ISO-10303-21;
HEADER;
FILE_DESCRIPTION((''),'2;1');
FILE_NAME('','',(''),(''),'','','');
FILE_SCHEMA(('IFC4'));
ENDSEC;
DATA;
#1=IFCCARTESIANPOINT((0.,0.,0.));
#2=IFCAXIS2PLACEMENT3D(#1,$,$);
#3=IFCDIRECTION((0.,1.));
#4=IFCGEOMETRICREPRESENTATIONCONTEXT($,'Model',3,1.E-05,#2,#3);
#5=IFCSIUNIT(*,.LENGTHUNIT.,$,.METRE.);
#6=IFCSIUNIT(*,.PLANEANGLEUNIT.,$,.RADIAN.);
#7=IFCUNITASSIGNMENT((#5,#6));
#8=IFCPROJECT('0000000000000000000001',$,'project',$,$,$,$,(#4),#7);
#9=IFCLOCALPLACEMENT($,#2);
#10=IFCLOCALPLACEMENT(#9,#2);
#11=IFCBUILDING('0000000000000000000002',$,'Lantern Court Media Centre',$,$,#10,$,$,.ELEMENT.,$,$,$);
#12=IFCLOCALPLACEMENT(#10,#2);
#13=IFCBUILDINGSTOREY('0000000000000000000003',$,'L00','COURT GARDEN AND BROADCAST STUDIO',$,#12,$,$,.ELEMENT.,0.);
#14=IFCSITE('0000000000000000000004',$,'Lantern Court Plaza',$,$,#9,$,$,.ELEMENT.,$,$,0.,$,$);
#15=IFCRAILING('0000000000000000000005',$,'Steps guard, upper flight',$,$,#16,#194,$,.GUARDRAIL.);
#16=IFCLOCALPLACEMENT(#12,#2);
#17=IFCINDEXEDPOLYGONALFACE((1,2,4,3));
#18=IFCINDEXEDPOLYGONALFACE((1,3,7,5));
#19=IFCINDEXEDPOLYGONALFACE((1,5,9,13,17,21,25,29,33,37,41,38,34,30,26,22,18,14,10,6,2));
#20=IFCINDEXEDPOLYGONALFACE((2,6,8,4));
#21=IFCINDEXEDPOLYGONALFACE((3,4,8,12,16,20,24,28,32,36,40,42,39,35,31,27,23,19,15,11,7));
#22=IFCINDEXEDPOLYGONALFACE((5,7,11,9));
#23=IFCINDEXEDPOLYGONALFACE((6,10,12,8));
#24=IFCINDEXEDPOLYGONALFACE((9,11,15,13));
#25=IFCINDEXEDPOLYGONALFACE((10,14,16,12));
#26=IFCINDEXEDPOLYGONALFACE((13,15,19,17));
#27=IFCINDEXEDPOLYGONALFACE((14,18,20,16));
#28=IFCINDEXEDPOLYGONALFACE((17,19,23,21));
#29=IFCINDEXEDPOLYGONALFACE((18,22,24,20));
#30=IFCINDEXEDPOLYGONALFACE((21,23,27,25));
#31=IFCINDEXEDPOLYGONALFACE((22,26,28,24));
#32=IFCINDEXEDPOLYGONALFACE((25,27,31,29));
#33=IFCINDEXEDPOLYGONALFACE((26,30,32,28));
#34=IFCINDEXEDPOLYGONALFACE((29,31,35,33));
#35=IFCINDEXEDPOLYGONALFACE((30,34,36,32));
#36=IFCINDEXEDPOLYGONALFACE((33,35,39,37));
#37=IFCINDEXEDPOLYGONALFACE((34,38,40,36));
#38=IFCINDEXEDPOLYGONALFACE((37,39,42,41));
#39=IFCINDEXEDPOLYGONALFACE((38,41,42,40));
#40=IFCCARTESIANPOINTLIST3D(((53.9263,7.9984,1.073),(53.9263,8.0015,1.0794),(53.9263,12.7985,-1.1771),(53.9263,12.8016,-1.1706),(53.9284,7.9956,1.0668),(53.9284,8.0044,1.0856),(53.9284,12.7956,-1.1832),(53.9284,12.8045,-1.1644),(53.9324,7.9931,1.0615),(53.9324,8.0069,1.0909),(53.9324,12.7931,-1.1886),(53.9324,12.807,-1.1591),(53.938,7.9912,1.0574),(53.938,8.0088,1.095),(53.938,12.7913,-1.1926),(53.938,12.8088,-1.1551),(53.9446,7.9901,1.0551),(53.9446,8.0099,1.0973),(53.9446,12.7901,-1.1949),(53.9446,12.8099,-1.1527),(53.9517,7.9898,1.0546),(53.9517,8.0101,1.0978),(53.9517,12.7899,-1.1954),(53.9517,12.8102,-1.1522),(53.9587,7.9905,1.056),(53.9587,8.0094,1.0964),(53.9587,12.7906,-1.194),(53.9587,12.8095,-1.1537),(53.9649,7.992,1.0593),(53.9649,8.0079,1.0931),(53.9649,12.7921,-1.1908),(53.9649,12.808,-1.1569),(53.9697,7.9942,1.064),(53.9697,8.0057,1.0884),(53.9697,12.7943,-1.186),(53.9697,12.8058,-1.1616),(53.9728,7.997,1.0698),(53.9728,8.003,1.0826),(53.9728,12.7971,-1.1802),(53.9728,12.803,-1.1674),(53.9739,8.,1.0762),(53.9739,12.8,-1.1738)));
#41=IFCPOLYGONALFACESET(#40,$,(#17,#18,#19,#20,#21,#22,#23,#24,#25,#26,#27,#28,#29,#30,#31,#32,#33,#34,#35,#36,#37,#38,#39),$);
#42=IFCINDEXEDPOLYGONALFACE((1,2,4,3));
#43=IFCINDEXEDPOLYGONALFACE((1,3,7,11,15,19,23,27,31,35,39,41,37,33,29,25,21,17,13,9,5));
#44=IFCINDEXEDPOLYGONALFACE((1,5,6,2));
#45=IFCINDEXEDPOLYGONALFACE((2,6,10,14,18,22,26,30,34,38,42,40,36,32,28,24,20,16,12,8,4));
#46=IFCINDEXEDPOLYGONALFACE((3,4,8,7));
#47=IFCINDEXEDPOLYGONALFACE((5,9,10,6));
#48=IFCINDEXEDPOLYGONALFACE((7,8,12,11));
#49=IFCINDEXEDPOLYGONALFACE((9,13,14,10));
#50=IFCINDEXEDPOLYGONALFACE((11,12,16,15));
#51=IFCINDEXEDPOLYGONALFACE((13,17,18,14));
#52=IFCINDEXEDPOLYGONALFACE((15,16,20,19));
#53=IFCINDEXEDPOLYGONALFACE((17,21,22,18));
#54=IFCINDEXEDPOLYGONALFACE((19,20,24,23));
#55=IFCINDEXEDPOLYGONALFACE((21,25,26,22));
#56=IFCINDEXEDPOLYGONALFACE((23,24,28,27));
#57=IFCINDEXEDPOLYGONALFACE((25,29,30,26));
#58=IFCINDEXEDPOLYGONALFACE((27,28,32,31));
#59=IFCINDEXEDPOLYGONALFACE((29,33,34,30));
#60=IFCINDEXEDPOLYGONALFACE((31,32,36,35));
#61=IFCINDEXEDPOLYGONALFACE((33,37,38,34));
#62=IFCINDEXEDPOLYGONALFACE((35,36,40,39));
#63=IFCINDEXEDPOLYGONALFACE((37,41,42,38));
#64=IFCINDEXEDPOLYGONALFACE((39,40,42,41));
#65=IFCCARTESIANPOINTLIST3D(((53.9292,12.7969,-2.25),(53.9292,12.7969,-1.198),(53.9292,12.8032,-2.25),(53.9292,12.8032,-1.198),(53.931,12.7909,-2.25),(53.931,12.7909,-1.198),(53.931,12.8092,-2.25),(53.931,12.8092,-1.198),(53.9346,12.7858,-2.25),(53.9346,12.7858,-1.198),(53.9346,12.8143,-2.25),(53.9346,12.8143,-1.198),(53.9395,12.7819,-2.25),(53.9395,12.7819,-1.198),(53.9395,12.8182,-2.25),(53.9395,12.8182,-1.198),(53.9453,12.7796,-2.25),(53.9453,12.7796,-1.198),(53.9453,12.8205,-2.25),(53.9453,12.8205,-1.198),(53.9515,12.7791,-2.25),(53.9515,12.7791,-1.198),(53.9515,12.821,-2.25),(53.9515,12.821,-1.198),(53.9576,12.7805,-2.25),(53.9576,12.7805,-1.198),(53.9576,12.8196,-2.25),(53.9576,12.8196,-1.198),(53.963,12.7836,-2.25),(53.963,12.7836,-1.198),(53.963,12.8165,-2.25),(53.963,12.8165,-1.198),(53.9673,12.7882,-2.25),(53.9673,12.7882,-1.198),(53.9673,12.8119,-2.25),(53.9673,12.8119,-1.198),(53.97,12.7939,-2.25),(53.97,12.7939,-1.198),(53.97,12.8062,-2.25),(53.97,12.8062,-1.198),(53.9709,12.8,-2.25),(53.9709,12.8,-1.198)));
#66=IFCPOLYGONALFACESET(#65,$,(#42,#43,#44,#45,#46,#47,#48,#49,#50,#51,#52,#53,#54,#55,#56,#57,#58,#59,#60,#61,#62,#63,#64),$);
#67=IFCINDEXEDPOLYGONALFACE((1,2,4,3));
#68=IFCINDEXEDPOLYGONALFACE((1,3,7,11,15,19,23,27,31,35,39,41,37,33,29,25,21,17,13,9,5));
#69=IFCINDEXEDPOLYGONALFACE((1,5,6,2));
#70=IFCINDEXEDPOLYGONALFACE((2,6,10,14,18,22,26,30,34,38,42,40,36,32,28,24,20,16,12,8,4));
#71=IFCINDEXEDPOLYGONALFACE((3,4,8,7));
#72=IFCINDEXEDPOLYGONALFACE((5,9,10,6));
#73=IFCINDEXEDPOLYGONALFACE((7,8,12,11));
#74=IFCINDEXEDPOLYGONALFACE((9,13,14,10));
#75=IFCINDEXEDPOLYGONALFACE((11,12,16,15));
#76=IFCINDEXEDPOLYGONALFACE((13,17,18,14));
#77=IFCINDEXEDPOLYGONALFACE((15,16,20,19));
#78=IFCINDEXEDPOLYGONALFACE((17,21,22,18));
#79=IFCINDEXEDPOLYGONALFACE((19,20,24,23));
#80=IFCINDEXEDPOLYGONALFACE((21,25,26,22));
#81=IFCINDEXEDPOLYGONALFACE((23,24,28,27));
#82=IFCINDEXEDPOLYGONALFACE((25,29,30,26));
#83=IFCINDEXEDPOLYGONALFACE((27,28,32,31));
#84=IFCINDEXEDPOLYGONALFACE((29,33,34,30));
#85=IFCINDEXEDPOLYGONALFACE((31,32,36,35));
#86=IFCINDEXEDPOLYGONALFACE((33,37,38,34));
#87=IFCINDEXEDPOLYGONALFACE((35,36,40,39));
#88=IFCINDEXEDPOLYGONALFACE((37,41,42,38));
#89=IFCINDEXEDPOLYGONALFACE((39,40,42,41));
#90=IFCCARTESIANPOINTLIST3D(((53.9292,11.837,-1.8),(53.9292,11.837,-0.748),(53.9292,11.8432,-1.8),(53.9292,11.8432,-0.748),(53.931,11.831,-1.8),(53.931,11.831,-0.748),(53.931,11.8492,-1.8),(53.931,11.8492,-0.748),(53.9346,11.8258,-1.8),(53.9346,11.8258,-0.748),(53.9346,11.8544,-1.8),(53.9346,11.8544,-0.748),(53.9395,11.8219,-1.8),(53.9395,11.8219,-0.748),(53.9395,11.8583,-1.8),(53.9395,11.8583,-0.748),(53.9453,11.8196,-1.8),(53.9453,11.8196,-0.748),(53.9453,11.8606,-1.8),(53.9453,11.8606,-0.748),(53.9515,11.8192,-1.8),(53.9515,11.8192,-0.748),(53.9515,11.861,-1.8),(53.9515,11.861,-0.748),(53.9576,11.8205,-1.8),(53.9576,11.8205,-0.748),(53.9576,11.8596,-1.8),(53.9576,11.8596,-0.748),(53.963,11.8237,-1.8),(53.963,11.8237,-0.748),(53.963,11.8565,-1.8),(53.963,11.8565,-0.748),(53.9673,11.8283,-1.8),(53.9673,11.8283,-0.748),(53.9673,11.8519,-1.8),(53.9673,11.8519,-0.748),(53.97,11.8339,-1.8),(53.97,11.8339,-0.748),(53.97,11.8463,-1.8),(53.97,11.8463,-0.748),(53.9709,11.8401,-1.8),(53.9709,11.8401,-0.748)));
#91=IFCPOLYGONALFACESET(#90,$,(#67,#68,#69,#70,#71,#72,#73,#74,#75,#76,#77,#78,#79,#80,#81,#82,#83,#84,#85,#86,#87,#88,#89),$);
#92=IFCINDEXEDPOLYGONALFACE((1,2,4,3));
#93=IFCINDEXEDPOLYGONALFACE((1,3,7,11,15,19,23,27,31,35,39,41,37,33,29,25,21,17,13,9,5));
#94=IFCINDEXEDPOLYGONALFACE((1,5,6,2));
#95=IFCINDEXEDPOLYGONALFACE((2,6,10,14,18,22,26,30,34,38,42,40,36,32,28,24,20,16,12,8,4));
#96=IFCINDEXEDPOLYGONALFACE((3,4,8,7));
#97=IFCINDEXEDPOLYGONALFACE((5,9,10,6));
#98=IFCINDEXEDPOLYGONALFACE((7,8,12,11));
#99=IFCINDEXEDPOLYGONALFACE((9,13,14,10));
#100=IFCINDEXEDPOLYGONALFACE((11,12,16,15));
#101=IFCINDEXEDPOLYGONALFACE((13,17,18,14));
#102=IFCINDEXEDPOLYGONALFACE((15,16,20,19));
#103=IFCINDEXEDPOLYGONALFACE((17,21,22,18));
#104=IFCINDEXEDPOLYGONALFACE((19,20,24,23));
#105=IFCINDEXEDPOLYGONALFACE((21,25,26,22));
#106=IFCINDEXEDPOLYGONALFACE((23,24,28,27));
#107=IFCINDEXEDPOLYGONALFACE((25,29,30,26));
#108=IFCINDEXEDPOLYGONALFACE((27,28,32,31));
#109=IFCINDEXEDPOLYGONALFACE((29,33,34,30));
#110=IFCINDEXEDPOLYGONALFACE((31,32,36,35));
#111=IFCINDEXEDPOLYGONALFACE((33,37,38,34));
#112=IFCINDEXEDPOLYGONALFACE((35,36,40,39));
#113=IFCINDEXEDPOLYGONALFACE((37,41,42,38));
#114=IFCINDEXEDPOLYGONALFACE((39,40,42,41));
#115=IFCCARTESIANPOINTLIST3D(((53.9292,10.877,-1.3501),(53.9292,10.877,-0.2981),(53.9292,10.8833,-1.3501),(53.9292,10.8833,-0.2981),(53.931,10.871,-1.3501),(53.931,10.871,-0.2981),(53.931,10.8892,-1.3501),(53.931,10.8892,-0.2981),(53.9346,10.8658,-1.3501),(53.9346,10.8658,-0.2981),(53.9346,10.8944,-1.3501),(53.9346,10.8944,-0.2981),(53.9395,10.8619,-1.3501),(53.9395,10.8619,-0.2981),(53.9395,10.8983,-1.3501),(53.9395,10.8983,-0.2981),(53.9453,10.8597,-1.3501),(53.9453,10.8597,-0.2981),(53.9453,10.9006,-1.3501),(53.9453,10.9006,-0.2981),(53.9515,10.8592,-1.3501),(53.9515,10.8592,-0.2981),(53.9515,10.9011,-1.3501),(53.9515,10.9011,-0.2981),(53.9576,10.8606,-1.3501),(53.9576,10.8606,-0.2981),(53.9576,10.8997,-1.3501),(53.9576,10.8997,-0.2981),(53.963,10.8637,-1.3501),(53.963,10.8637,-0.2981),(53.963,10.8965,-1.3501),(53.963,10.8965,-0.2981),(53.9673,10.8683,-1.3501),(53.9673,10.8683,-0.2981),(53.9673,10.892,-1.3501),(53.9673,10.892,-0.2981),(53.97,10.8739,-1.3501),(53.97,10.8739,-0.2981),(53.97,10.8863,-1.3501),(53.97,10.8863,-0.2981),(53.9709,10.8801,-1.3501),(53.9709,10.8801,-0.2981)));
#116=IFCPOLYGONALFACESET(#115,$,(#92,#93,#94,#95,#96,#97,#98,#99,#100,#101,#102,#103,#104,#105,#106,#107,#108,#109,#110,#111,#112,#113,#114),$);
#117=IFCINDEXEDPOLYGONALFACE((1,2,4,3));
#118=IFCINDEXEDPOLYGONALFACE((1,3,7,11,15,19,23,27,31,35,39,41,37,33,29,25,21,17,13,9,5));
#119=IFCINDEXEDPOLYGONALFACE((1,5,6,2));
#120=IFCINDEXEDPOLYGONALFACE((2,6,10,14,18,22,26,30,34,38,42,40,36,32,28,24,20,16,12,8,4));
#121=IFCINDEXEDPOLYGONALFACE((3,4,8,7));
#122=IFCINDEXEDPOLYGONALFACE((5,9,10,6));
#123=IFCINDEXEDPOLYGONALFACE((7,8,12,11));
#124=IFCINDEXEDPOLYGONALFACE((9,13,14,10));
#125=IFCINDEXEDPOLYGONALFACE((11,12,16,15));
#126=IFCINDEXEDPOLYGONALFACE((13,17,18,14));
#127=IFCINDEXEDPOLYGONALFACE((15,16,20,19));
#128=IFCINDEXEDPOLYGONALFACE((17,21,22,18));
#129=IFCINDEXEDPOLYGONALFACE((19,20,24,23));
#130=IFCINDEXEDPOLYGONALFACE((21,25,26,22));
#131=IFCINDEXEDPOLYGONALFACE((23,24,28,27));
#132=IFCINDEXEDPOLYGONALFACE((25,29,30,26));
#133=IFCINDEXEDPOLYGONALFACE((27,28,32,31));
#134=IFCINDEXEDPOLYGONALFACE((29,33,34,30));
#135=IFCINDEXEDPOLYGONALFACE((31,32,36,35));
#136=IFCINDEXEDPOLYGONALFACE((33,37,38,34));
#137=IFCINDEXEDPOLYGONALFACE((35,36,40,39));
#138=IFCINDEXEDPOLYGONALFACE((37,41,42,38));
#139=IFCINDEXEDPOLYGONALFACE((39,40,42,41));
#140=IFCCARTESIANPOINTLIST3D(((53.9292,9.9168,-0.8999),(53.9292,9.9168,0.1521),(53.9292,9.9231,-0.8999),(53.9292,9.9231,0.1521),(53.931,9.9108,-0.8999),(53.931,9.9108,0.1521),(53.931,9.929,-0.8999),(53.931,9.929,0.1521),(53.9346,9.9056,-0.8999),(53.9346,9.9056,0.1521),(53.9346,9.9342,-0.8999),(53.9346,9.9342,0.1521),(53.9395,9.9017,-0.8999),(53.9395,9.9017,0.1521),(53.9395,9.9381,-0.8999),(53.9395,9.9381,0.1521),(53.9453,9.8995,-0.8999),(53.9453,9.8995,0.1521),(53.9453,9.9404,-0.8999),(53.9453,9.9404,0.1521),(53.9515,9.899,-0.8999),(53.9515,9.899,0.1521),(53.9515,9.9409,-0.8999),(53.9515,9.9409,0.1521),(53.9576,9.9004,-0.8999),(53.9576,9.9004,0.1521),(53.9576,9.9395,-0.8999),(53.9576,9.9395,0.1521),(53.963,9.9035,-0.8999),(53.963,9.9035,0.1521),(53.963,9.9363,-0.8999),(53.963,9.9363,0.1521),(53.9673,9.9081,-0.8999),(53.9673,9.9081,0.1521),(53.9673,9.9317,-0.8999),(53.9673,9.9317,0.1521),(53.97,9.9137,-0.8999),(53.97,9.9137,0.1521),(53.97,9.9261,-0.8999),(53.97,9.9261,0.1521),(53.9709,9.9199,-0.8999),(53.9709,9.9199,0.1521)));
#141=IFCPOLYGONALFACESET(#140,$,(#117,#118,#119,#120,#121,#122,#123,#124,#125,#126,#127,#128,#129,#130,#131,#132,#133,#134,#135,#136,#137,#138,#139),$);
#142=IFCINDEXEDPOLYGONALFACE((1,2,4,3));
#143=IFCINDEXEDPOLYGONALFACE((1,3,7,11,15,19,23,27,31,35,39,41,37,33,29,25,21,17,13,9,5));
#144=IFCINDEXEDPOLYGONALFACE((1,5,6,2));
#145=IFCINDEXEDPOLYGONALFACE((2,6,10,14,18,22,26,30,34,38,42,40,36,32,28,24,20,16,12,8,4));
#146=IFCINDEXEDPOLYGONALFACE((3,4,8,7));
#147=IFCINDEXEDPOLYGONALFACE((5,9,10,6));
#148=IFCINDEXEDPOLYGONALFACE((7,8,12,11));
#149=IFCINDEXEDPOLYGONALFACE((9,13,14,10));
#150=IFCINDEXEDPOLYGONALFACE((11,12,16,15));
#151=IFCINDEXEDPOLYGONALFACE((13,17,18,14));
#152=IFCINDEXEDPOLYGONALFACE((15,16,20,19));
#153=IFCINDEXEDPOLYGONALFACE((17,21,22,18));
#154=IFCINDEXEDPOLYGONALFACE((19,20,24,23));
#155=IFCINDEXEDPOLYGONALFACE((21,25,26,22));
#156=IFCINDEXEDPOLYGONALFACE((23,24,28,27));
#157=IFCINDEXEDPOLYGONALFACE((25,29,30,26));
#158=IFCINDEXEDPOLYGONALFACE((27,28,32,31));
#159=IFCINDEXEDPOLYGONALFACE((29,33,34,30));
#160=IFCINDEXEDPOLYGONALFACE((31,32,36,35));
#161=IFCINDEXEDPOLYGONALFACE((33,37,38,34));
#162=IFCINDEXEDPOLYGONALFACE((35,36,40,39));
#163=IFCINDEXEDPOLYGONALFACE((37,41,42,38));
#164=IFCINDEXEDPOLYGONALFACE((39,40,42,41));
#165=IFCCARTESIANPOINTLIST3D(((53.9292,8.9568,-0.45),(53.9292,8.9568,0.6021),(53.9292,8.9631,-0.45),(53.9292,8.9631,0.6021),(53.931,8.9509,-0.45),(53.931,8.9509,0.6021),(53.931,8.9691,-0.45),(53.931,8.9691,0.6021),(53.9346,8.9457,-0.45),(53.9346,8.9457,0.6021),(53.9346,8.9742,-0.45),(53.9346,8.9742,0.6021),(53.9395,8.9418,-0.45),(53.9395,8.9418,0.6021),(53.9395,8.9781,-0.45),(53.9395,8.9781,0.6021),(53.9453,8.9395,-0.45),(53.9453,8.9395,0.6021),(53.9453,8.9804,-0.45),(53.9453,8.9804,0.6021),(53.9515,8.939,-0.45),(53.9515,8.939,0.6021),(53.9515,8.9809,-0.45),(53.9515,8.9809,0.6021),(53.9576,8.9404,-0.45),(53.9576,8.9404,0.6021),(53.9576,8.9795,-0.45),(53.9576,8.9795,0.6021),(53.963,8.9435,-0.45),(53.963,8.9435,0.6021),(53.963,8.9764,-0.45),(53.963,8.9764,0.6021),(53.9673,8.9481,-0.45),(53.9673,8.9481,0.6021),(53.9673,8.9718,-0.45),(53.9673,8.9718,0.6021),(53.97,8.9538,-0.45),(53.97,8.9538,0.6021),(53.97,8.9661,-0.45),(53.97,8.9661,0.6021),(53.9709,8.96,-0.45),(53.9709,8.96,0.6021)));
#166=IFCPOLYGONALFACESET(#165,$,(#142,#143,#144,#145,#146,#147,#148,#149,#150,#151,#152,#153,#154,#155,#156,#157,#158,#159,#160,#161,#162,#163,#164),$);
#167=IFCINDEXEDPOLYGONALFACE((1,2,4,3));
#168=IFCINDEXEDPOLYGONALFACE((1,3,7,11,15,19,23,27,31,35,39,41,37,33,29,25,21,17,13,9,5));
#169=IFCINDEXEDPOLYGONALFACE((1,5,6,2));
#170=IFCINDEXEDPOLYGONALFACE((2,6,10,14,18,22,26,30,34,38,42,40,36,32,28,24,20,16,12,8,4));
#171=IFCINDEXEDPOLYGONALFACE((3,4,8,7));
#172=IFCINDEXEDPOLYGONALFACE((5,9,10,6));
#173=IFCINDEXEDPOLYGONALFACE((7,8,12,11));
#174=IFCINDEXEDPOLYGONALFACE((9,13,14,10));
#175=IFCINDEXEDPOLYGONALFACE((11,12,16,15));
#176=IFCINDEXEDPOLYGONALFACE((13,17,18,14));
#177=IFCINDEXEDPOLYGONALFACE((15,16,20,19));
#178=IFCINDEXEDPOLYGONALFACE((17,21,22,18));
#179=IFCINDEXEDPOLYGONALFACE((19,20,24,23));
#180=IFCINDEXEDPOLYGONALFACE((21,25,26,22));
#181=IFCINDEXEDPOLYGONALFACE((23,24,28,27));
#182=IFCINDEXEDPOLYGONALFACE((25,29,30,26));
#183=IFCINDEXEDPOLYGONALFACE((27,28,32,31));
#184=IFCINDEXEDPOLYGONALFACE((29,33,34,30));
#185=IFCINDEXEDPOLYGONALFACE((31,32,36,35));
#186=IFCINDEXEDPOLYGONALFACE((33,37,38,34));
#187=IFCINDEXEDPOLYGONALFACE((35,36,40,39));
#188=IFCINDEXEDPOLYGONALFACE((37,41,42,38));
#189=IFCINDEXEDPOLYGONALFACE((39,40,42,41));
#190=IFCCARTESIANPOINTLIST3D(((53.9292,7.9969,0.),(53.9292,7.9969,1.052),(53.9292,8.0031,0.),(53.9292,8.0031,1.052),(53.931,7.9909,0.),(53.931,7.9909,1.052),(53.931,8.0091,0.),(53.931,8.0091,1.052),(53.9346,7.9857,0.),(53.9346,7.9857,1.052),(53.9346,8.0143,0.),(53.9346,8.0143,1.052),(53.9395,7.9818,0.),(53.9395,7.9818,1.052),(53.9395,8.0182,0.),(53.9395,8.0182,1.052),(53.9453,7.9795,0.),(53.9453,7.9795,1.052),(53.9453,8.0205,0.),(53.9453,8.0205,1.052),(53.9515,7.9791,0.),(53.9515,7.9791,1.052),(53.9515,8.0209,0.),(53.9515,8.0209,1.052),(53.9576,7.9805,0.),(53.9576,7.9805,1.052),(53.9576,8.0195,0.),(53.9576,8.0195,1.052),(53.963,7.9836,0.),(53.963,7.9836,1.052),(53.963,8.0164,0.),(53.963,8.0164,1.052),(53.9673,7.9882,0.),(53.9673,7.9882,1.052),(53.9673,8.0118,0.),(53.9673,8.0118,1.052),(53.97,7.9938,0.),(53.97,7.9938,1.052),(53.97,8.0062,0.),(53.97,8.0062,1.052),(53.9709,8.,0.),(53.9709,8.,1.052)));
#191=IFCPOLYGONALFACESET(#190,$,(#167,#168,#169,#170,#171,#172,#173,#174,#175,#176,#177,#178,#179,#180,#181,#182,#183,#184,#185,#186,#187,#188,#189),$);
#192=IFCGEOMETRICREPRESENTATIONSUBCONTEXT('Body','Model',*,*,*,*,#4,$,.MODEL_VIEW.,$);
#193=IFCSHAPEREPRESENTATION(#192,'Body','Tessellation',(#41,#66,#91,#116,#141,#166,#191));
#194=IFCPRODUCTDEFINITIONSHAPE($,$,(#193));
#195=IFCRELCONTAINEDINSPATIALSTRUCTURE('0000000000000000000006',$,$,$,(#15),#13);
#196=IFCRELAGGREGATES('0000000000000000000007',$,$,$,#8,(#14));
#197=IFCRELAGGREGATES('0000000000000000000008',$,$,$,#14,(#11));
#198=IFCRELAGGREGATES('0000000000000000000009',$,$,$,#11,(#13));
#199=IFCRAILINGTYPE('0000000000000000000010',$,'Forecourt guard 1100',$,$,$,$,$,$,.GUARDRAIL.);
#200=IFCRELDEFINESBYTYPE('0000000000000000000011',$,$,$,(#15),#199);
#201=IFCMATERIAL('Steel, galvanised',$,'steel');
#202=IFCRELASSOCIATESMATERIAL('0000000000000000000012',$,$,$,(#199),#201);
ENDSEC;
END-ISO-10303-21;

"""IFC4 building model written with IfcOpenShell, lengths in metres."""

from ifc_helpers import new_model, si_unit, direction, frame, origin, origin_2d, place, context, subcontext, project, spatial, circle, extrude, material, type_object, element, save


model = new_model("IFC4")

# Units and contexts
model_context = context("Model", 3, precision=1e-05, world=origin(), true_north=direction((0.0, 1.0)))
body_context = subcontext(model_context, "Body", "Model", "MODEL_VIEW")
ifc_project = project(units=[si_unit("LENGTHUNIT", "METRE"), si_unit("PLANEANGLEUNIT", "RADIAN")], contexts=[model_context])

# Site, building, storey
site_placement = place(None, origin())
site = spatial("IfcSite", under=ifc_project, at=site_placement, Name="Lantern Court Plaza", CompositionType="ELEMENT", RefElevation=0.0)
building_placement = place(site_placement, origin())
building = spatial("IfcBuilding", under=site, at=building_placement, Name="Lantern Court Media Centre", CompositionType="ELEMENT")
storey_placement = place(building_placement, origin())
storey = spatial("IfcBuildingStorey", under=building, at=storey_placement, Name="L00", Description="COURT GARDEN AND BROADCAST STUDIO", CompositionType="ELEMENT", Elevation=0.0)

# Railing
ifc_material_1 = material(Name="Steel, galvanised", Category="steel")
railing_type_1 = type_object("IfcRailingType", Name="Forecourt guard 1100", PredefinedType="GUARDRAIL", material=ifc_material_1)
railing_1_placement = place(storey_placement, frame((53.95, 12.8, -2.25)))
element("IfcRailing", 1, at=railing_1_placement, inside=storey, type_object=railing_type_1, Name="Steps guard, upper flight", PredefinedType="GUARDRAIL", context=body_context, shape_type="SweptSolid", body=[
    extrude(circle(Radius=0.0239, at=origin_2d()), frame((0.0, 0.0, 1.0762), z_axis=(0.0, -0.905461, 0.42443), x_axis=(1.0, 0.0, 0.0)), (0.0, 0.0, 1.0), 5.3013),
    extrude(circle(Radius=0.021, at=origin_2d()), origin(), (0.0, 0.0, 1.0), 1.052),
    extrude(circle(Radius=0.021, at=origin_2d()), frame((0.0, -0.96, 0.45)), (0.0, 0.0, 1.0), 1.052),
    extrude(circle(Radius=0.021, at=origin_2d()), frame((0.0, -1.9199, 0.8999)), (0.0, 0.0, 1.0), 1.052),
    extrude(circle(Radius=0.021, at=origin_2d()), frame((0.0, -2.8801, 1.3501)), (0.0, 0.0, 1.0), 1.052),
    extrude(circle(Radius=0.021, at=origin_2d()), frame((0.0, -3.8401, 1.8)), (0.0, 0.0, 1.0), 1.052),
    extrude(circle(Radius=0.021, at=origin_2d()), frame((0.0, -4.8, 2.25)), (0.0, 0.0, 1.0), 1.052),
])

save(model, "model.ifc")
